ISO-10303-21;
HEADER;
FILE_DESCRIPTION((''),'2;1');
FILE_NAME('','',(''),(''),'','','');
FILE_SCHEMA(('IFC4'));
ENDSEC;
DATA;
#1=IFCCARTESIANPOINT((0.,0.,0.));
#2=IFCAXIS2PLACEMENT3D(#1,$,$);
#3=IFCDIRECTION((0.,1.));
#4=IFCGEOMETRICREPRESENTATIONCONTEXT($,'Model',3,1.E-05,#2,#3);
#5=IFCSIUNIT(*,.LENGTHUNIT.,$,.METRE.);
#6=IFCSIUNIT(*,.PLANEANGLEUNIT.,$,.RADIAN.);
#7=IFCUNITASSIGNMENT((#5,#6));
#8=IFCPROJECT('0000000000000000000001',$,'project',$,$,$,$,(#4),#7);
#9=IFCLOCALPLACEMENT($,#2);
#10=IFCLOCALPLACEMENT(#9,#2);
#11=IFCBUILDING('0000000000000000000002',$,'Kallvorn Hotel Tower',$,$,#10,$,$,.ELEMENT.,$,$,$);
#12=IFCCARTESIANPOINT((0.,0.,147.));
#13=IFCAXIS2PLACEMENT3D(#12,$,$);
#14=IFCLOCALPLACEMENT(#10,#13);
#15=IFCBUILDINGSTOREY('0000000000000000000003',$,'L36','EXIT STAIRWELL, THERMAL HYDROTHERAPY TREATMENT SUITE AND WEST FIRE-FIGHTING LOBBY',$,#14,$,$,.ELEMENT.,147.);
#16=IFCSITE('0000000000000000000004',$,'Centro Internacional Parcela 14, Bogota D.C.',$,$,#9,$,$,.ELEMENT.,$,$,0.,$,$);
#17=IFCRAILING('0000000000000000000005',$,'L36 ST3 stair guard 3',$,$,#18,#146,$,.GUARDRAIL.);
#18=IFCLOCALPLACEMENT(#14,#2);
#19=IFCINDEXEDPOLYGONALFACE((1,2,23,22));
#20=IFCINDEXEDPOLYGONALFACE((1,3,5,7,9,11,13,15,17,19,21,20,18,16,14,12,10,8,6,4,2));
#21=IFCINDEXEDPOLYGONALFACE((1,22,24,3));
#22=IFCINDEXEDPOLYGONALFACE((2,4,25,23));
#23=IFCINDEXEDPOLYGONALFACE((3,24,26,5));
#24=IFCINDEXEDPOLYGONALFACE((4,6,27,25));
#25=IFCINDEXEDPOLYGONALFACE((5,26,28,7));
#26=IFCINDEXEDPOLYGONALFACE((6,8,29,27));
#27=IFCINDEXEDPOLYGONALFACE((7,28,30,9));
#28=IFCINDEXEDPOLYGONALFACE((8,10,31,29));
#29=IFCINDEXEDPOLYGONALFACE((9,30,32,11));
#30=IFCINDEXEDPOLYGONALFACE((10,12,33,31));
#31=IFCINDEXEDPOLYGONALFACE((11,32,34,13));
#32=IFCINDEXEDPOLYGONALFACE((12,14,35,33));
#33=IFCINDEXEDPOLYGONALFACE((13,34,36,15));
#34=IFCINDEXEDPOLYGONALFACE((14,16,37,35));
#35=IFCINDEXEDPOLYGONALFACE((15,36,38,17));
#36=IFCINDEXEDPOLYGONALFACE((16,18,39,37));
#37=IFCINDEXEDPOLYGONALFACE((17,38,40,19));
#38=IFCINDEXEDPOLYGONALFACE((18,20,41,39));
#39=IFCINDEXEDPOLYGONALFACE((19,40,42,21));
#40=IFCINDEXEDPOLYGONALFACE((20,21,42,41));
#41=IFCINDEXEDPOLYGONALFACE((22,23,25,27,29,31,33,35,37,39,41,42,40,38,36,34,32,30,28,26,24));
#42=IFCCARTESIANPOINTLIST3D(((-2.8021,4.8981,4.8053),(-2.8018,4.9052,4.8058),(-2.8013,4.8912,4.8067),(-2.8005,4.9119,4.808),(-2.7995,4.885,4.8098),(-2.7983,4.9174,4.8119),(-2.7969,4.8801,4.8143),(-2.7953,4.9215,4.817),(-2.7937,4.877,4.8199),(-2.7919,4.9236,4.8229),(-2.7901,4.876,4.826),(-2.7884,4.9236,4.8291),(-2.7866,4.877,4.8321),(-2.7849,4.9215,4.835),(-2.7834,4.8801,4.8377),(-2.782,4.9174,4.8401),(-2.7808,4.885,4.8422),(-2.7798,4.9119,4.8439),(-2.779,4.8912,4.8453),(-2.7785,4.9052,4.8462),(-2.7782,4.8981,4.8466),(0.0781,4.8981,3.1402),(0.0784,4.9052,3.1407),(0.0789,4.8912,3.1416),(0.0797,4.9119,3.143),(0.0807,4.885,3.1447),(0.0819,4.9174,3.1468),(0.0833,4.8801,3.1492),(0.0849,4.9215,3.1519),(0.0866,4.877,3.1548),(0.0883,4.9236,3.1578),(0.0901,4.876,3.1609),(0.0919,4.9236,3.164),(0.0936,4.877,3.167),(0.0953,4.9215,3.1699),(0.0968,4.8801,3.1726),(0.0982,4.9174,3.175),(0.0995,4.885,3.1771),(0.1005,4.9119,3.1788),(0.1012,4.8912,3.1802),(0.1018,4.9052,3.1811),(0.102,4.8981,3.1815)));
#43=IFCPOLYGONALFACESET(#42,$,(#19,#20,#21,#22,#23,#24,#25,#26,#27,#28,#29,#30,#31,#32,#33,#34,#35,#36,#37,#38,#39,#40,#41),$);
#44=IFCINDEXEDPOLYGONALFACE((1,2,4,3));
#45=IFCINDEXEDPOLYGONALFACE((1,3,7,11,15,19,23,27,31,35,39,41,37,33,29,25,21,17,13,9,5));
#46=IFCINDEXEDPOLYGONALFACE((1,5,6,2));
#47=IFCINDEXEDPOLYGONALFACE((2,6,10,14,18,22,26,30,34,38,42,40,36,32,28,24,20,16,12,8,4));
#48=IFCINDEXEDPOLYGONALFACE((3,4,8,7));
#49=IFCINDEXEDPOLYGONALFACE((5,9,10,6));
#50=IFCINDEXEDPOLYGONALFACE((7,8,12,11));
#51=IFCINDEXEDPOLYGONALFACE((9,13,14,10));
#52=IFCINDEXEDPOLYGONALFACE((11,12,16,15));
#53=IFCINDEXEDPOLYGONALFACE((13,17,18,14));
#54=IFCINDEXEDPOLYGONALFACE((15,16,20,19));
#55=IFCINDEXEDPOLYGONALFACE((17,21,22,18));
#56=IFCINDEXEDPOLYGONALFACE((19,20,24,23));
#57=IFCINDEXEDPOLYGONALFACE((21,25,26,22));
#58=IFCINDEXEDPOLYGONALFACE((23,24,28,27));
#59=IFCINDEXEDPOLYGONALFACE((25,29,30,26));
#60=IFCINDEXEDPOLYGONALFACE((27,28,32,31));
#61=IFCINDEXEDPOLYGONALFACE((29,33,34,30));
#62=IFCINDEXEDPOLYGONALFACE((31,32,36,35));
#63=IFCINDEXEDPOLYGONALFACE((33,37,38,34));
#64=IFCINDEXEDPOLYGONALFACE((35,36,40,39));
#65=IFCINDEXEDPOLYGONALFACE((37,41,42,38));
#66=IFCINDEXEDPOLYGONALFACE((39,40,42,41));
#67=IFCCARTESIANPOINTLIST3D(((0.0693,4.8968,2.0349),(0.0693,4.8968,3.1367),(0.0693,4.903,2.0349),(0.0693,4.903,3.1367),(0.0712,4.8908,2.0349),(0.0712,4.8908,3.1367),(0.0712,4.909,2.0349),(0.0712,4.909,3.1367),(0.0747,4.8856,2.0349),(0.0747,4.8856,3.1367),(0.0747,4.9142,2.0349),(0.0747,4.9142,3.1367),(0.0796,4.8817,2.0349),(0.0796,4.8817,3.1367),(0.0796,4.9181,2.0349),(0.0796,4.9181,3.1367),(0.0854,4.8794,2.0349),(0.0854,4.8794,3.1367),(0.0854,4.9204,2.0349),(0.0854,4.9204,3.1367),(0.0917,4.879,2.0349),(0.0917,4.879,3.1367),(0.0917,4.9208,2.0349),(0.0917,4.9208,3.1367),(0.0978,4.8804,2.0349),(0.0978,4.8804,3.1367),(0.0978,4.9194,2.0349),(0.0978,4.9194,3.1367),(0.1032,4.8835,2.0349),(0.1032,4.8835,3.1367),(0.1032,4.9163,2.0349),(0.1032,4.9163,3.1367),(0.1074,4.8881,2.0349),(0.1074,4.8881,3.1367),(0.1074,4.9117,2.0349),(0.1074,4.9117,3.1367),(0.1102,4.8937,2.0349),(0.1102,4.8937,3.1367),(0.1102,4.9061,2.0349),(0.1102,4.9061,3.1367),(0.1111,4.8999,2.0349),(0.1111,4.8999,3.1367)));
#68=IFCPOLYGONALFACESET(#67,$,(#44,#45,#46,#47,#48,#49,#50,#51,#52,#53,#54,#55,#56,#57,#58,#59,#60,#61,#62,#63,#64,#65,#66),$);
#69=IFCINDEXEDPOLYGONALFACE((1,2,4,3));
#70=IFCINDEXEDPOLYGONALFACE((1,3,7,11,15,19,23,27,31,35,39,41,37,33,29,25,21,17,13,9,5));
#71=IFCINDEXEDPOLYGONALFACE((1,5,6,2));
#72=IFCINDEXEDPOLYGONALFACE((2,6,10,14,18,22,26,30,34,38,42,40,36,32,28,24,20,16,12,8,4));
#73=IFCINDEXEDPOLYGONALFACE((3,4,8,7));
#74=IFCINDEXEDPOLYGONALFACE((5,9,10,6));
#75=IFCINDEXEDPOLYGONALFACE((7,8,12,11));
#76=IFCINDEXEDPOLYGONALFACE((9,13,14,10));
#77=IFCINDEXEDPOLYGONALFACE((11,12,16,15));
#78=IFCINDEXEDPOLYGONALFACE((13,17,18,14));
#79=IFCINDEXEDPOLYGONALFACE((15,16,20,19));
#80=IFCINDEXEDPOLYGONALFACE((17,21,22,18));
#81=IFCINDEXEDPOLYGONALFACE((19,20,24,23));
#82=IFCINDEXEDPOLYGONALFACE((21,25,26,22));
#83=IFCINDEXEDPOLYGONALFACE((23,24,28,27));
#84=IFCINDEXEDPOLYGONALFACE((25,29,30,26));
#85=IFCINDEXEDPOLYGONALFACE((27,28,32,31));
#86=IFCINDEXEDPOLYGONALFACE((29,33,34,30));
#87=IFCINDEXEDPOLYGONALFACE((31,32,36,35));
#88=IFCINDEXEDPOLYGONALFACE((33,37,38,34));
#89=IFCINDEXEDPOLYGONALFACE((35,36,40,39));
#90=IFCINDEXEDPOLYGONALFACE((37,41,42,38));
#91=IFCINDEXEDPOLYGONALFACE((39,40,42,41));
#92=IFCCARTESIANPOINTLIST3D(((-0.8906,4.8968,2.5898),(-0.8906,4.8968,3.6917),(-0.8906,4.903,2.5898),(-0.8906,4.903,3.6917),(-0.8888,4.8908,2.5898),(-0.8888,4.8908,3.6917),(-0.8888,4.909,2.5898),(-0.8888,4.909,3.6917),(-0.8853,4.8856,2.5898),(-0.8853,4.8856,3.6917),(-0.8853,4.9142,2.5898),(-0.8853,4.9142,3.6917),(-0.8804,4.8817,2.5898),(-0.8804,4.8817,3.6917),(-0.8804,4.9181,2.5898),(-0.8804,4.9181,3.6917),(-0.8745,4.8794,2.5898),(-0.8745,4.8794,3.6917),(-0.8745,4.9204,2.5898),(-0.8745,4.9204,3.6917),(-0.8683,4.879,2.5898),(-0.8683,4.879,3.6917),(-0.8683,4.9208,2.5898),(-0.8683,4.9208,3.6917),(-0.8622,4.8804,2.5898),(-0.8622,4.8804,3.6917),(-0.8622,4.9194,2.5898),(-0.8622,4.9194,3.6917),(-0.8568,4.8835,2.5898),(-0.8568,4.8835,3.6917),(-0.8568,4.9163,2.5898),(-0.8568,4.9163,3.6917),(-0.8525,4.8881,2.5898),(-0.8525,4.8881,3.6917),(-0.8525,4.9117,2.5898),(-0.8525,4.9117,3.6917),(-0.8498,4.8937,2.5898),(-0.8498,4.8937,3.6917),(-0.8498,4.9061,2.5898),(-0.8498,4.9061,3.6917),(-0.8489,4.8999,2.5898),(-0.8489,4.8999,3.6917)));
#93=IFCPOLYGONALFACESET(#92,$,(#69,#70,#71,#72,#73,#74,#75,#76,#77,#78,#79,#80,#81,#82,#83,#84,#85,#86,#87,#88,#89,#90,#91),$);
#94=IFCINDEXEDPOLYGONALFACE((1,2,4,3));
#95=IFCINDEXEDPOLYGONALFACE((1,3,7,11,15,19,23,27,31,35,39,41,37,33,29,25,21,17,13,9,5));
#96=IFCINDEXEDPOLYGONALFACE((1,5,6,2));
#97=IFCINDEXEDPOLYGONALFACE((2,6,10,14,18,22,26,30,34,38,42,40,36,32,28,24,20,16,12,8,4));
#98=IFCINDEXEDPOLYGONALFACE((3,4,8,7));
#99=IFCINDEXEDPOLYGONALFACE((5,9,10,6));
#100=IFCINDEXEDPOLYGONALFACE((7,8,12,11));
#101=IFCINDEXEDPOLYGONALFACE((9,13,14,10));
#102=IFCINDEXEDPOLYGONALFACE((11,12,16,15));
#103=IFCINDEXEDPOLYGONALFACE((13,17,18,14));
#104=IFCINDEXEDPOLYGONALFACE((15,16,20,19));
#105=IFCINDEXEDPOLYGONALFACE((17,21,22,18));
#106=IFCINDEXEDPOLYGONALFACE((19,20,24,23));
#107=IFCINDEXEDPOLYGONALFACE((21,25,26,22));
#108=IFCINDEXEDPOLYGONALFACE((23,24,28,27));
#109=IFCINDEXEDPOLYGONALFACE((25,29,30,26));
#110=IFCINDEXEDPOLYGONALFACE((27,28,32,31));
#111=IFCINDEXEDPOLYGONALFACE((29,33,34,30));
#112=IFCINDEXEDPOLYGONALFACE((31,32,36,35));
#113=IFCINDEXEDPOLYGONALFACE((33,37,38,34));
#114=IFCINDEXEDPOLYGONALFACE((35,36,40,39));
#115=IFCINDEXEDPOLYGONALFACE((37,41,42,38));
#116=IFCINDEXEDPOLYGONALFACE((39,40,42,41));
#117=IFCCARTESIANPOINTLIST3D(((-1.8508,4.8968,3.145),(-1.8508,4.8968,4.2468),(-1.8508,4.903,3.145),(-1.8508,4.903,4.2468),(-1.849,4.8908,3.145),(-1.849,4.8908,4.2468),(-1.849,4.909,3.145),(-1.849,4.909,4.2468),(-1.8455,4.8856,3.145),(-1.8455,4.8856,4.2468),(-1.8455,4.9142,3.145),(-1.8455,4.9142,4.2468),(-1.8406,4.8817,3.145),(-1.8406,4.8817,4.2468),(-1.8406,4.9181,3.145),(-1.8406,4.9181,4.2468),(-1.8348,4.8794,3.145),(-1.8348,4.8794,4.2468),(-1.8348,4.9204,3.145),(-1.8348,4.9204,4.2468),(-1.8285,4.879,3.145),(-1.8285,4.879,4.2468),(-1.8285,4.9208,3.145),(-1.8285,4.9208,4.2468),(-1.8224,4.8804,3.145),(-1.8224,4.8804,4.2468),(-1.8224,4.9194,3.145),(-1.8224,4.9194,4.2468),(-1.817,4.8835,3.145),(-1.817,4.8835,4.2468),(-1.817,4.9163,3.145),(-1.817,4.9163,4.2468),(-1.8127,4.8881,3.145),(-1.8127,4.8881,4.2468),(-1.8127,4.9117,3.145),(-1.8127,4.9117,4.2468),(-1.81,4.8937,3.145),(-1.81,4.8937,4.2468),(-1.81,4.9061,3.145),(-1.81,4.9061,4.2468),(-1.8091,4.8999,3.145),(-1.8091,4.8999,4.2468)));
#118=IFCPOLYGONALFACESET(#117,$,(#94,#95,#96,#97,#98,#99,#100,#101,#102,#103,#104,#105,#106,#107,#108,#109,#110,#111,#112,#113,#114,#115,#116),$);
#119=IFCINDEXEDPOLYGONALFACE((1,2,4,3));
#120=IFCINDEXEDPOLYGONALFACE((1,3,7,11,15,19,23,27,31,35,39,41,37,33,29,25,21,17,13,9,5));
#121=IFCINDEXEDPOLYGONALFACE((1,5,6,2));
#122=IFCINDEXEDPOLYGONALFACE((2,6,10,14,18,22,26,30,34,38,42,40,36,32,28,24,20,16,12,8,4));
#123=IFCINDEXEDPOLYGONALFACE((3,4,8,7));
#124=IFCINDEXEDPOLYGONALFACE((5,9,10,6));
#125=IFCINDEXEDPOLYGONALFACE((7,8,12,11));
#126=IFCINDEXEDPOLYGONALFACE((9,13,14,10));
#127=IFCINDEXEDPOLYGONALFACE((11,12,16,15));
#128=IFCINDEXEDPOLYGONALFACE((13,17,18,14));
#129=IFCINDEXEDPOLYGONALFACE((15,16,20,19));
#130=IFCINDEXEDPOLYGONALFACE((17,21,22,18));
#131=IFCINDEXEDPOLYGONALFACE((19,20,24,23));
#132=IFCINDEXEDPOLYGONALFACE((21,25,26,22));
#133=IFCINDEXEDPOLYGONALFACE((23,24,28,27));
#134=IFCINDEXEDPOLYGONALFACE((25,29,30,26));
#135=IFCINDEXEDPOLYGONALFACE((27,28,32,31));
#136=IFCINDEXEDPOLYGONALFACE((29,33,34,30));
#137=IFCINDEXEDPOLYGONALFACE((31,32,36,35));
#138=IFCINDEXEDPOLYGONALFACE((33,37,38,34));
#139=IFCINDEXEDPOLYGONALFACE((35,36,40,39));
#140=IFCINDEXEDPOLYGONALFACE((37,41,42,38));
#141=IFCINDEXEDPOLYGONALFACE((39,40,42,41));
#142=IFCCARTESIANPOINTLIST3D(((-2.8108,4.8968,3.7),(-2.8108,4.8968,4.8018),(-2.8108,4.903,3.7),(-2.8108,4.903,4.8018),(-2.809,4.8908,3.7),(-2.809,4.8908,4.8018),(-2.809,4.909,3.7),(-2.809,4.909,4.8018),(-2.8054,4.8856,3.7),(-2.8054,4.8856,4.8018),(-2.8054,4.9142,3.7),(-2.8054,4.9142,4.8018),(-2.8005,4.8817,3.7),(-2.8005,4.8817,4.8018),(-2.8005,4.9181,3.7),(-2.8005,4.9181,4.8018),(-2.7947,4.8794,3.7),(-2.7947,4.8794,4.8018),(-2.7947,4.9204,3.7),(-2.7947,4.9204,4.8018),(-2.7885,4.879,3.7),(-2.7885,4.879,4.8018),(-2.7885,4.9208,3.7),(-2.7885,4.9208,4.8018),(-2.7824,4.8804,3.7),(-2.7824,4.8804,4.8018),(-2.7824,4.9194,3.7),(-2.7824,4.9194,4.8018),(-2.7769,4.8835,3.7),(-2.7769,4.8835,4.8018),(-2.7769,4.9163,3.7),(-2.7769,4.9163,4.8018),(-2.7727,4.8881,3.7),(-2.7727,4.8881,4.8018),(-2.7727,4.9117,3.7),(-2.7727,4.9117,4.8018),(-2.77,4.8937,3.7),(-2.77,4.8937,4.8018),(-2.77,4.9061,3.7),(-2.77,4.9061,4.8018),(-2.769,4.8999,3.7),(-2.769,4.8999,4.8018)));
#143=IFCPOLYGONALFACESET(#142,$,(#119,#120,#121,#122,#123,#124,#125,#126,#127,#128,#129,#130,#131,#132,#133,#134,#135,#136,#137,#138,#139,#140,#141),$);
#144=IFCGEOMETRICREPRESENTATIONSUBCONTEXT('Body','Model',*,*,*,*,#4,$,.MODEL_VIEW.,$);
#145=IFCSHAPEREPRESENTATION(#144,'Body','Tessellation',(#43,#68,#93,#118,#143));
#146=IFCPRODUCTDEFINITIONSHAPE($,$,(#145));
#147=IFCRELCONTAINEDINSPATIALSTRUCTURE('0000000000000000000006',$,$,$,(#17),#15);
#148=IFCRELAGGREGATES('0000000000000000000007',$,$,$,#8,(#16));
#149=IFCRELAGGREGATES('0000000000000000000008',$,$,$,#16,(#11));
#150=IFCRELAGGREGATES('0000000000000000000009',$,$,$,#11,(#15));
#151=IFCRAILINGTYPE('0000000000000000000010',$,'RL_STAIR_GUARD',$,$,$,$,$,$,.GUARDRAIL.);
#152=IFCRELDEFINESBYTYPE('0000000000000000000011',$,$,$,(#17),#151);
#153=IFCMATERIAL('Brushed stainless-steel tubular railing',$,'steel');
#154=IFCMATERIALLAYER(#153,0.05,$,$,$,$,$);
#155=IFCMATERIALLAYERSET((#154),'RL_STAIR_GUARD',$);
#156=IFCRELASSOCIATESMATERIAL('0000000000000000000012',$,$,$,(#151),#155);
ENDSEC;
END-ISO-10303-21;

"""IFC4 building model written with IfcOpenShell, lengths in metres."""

from ifc_helpers import new_model, si_unit, direction, frame, origin, origin_2d, place, context, subcontext, project, spatial, circle, extrude, material, layer, layer_set, type_object, element, save


model = new_model("IFC4")

# Units and contexts
model_context = context("Model", 3, precision=1e-05, world=origin(), true_north=direction((0.0, 1.0)))
body_context = subcontext(model_context, "Body", "Model", "MODEL_VIEW")
ifc_project = project(units=[si_unit("LENGTHUNIT", "METRE"), si_unit("PLANEANGLEUNIT", "RADIAN")], contexts=[model_context])

# Site, building, storey
site_placement = place(None, origin())
site = spatial("IfcSite", under=ifc_project, at=site_placement, Name="Centro Internacional Parcela 14, Bogota D.C.", CompositionType="ELEMENT", RefElevation=0.0)
building_placement = place(site_placement, origin())
building = spatial("IfcBuilding", under=site, at=building_placement, Name="Kallvorn Hotel Tower", CompositionType="ELEMENT")
storey_placement = place(building_placement, frame((0.0, 0.0, 147.0)))
storey = spatial("IfcBuildingStorey", under=building, at=storey_placement, Name="L36", Description="EXIT STAIRWELL, THERMAL HYDROTHERAPY TREATMENT SUITE AND WEST FIRE-FIGHTING LOBBY", CompositionType="ELEMENT", Elevation=147.0)

# Railing
ifc_material_1 = material(Name="Brushed stainless-steel tubular railing", Category="steel")
ifc_layer_1 = layer(ifc_material_1, 0.05)
ifc_layer_set_1 = layer_set([ifc_layer_1], Name="RL_STAIR_GUARD")
railing_type_1 = type_object("IfcRailingType", Name="RL_STAIR_GUARD", PredefinedType="GUARDRAIL", material=ifc_layer_set_1)
railing_1_placement = place(storey_placement, frame((0.0901, 4.8999, 2.0349)))
element("IfcRailing", 1, at=railing_1_placement, inside=storey, type_object=railing_type_1, Name="L36 ST3 stair guard 3", PredefinedType="GUARDRAIL", context=body_context, shape_type="SweptSolid", body=[
    extrude(circle(Radius=0.0239, at=origin_2d()), frame((0.0, 0.0, 1.126), z_axis=(-0.865739, 0.0, 0.500495), x_axis=(0.0, -1.0, 0.0)), (0.0, 0.0, 1.0), 3.3269),
    extrude(circle(Radius=0.021, at=origin_2d()), origin(), (0.0, 0.0, 1.0), 1.1018),
    extrude(circle(Radius=0.021, at=origin_2d()), frame((-0.96, 0.0, 0.5549)), (0.0, 0.0, 1.0), 1.1018),
    extrude(circle(Radius=0.021, at=origin_2d()), frame((-1.9202, 0.0, 1.1101)), (0.0, 0.0, 1.0), 1.1018),
    extrude(circle(Radius=0.021, at=origin_2d()), frame((-2.8801, 0.0, 1.665)), (0.0, 0.0, 1.0), 1.1018),
])

save(model, "model.ifc")
